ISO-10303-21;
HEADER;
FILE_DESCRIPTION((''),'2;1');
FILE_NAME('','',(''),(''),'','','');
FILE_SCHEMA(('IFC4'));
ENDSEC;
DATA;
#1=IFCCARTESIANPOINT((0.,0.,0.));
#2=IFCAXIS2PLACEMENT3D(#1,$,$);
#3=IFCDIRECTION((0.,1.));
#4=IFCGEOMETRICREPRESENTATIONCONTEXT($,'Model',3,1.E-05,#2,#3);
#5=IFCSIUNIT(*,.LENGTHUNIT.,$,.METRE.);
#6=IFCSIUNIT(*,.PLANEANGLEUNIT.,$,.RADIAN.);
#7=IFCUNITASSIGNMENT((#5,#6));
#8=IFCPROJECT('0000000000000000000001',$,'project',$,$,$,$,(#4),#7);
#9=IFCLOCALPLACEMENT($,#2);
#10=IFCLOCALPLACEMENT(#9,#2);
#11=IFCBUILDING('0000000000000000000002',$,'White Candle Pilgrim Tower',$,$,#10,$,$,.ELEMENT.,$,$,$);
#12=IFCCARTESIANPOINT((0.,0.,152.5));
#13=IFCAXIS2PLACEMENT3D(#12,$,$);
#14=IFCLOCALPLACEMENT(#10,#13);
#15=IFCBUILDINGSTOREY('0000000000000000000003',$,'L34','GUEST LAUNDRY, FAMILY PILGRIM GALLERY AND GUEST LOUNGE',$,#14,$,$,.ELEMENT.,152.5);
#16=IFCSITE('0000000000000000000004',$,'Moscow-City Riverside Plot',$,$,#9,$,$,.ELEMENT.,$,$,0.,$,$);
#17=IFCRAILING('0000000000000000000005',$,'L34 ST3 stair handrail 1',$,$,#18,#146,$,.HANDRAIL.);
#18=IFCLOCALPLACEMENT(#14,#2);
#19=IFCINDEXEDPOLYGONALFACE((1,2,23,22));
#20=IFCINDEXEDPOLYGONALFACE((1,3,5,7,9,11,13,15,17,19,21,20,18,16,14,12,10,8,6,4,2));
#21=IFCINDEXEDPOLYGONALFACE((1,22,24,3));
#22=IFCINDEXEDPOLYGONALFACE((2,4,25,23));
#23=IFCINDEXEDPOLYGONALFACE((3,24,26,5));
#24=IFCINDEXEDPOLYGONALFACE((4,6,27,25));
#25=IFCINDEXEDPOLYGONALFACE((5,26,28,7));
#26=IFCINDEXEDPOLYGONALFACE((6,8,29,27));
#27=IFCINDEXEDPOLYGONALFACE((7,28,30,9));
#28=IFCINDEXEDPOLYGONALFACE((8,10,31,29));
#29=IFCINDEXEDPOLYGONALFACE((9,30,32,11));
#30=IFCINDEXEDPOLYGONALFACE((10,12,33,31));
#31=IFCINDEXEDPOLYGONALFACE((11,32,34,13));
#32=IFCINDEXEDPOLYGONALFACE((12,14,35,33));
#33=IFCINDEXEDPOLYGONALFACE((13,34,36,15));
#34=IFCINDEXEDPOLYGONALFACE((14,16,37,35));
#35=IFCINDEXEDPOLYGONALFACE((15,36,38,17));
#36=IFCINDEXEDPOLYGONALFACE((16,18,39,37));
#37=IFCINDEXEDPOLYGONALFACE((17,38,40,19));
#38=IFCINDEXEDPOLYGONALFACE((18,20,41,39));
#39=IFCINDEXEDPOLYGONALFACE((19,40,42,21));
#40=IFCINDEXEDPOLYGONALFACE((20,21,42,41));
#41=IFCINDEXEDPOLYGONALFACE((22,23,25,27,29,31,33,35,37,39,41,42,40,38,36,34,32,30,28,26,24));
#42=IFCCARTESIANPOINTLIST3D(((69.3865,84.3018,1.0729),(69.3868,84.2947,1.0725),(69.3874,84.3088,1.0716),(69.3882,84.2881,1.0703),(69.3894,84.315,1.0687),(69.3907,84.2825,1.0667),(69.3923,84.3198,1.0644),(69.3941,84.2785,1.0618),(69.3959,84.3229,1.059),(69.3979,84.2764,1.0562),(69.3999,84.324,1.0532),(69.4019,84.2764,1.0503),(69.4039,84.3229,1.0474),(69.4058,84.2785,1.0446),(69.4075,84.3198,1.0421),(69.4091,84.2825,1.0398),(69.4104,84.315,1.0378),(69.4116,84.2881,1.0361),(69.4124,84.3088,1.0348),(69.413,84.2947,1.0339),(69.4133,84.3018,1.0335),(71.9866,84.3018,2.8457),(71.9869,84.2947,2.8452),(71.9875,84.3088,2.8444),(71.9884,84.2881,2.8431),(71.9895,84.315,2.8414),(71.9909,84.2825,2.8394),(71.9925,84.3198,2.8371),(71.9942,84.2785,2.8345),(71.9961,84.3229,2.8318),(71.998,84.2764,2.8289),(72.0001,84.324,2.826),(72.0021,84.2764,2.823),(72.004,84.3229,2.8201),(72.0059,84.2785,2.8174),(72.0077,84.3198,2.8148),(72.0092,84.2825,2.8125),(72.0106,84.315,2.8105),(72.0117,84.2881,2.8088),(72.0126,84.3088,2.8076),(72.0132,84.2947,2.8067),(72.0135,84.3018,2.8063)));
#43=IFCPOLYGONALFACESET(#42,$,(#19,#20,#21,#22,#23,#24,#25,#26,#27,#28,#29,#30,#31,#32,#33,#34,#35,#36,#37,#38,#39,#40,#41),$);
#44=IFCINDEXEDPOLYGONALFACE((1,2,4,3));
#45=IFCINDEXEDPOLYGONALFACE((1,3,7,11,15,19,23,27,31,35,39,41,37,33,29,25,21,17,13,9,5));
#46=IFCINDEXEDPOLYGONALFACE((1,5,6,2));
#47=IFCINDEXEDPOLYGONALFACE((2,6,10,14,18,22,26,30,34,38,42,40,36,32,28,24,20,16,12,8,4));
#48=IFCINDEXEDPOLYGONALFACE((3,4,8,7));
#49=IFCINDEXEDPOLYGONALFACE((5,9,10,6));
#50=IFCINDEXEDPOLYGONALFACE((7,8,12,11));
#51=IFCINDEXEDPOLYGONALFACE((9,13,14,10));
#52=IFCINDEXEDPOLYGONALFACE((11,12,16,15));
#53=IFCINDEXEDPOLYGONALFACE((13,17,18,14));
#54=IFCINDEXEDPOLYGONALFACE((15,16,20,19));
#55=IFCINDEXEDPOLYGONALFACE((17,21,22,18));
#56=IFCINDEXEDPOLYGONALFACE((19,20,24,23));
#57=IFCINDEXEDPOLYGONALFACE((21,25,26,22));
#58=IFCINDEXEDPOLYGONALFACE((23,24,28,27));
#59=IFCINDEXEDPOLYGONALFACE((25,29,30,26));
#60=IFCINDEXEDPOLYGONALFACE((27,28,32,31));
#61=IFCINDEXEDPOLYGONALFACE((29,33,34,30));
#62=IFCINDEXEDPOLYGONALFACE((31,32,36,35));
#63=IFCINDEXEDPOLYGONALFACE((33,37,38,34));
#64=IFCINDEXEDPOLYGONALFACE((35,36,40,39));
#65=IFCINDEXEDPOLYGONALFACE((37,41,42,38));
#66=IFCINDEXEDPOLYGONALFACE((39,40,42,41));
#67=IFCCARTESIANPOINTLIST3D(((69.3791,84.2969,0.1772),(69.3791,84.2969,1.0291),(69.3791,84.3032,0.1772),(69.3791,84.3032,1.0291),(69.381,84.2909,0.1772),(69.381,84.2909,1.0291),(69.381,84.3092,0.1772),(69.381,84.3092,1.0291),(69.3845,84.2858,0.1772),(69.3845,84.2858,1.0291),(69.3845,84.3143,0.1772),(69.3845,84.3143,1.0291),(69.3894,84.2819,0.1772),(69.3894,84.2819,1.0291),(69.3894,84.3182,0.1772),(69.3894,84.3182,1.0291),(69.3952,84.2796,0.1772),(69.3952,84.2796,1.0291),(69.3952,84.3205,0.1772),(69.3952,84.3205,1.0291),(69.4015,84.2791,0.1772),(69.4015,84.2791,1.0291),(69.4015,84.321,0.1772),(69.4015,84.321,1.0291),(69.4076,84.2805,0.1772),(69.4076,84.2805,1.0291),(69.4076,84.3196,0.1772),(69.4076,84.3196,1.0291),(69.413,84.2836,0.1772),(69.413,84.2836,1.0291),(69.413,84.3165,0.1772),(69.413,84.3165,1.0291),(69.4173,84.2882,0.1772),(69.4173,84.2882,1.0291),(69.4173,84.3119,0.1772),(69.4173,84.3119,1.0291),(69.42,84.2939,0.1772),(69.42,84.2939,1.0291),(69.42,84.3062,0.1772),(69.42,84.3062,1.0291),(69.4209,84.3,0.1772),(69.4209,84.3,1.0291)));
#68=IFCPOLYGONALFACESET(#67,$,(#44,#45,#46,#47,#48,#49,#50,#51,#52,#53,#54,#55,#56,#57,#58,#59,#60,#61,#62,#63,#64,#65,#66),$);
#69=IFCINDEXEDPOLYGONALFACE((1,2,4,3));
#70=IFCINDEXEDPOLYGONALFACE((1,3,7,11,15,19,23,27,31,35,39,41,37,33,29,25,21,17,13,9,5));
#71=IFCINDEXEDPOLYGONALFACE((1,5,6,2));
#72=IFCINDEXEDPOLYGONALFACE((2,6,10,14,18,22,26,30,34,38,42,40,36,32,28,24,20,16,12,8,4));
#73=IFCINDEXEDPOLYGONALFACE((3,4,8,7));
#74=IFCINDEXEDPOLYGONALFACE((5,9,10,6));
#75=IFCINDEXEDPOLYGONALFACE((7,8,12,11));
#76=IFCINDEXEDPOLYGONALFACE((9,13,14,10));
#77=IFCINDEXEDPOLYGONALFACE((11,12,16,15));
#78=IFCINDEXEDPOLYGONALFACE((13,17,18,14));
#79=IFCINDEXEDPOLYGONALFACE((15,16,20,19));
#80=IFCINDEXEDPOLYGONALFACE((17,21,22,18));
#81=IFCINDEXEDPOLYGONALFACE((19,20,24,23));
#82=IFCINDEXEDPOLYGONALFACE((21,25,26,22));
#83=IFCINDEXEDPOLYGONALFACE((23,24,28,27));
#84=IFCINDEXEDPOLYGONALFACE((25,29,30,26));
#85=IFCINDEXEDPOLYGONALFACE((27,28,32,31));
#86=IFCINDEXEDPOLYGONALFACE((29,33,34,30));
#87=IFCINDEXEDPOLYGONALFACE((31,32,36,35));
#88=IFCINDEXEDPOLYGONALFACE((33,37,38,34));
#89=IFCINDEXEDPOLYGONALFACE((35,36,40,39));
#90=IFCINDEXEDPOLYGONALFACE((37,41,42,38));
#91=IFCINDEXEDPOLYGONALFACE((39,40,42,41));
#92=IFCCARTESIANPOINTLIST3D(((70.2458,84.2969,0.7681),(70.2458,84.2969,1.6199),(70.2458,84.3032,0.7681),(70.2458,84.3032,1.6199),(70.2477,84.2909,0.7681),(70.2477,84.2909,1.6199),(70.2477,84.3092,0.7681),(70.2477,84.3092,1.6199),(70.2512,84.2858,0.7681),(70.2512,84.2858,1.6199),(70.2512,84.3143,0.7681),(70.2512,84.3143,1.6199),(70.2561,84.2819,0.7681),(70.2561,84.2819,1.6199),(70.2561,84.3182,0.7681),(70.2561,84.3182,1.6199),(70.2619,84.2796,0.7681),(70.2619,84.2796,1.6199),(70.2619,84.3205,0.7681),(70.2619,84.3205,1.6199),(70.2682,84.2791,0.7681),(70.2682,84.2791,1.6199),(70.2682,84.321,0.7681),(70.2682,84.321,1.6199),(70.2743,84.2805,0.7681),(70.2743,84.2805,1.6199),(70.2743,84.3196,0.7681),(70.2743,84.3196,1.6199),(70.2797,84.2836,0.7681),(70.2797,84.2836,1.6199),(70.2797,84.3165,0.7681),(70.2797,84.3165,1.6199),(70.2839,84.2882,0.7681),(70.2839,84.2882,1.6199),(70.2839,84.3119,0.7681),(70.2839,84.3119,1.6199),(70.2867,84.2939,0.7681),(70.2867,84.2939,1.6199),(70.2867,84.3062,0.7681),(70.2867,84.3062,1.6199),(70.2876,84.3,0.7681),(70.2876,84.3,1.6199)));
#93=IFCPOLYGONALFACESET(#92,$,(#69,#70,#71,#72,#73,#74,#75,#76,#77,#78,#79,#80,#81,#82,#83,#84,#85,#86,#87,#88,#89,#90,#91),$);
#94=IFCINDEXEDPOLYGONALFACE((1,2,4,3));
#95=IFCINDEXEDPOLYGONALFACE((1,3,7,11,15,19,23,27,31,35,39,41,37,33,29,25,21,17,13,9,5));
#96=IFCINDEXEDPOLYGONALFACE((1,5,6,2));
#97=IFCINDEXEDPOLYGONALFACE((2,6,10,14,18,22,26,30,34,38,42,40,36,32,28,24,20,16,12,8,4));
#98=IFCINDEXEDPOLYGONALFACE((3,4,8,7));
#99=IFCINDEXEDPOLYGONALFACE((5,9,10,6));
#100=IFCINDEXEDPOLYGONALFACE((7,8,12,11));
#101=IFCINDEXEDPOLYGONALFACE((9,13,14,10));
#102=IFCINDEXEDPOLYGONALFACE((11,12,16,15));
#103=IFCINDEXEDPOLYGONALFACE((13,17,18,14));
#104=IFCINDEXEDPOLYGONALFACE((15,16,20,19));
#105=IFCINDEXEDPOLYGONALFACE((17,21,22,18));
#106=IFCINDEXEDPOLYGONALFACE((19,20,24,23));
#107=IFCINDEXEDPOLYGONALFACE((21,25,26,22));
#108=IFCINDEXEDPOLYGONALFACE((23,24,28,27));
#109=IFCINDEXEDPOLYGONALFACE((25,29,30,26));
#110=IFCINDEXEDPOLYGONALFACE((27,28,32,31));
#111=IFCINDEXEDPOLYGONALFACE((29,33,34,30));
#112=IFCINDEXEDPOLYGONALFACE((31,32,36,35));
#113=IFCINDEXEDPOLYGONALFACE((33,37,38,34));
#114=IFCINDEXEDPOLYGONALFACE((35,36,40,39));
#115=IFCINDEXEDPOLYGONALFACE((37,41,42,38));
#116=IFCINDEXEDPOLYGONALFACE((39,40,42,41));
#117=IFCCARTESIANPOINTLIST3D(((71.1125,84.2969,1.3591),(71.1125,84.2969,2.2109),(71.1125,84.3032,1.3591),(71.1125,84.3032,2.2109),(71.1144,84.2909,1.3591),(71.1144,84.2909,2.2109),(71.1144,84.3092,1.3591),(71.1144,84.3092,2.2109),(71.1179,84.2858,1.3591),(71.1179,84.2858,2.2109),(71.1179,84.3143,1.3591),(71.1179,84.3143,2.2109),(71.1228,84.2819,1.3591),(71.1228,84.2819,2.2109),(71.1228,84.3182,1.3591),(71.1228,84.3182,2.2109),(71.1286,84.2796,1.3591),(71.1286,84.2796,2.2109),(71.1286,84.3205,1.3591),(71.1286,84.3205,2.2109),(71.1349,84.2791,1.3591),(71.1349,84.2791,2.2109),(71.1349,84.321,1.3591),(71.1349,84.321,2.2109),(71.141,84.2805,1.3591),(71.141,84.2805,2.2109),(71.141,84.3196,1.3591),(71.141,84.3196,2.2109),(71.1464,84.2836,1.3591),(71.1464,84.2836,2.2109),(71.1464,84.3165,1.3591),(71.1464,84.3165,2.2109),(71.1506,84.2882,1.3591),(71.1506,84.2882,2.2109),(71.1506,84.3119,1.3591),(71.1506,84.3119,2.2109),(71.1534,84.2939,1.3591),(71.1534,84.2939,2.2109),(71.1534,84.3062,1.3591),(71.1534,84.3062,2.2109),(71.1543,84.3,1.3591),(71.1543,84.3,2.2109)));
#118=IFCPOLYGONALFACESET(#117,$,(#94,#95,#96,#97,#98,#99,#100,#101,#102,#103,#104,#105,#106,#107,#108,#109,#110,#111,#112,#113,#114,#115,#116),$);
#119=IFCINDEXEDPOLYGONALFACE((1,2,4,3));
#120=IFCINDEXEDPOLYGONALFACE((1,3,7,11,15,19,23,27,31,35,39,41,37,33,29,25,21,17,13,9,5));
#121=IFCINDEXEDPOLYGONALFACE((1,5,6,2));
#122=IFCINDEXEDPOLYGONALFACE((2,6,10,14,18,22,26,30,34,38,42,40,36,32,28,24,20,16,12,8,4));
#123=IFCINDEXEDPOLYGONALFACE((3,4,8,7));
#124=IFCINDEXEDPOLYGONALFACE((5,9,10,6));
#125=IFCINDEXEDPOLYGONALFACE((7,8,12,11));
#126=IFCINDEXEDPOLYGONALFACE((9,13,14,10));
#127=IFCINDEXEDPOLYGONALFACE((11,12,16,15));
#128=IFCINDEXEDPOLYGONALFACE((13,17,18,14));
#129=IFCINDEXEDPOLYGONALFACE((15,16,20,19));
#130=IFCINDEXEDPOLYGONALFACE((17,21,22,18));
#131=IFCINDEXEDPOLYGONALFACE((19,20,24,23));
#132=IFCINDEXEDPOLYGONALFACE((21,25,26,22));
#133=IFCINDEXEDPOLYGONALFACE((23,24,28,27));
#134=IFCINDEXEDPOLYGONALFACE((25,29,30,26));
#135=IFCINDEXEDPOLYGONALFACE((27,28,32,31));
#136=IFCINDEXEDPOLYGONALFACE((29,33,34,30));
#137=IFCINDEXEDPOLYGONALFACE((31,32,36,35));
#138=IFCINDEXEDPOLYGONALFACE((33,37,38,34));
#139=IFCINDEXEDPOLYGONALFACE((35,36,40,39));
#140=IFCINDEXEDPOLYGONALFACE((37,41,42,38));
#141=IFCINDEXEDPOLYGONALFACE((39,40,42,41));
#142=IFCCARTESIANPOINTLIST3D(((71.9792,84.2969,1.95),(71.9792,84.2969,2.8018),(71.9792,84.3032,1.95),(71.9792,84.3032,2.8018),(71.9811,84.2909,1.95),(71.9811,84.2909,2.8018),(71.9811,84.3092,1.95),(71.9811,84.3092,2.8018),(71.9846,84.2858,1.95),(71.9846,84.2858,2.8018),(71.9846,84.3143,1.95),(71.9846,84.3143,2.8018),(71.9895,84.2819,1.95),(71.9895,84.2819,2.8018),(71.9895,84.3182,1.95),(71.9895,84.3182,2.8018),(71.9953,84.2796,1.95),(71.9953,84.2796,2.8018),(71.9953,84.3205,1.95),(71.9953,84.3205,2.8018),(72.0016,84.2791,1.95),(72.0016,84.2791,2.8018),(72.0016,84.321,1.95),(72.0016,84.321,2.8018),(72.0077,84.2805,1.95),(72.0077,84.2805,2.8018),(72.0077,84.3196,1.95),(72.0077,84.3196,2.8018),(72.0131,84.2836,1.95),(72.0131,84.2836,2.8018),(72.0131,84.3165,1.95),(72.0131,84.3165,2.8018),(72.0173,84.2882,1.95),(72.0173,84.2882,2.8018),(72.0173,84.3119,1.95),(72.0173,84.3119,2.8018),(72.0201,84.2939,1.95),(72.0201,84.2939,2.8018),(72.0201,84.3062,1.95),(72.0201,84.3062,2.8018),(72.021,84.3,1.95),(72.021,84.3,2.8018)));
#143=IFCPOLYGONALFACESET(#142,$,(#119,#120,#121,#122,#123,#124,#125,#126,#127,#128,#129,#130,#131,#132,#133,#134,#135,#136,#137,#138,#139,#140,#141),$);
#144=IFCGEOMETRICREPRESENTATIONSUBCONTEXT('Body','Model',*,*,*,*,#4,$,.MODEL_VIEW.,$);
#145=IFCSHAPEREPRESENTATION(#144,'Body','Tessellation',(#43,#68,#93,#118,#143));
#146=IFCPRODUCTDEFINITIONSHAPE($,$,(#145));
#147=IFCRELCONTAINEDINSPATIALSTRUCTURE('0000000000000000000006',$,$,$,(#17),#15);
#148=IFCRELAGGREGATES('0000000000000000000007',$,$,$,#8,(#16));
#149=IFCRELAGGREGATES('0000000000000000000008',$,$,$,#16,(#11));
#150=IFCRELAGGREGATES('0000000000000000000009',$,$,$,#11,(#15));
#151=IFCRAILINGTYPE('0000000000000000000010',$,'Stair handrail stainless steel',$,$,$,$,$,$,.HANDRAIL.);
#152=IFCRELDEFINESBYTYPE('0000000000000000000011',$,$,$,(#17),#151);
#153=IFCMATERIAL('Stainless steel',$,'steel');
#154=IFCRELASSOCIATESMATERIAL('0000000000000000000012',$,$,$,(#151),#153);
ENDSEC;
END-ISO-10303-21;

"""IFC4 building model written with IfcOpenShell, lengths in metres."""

from ifc_helpers import new_model, si_unit, direction, frame, origin, origin_2d, place, context, subcontext, project, spatial, circle, extrude, material, type_object, element, save


model = new_model("IFC4")

# Units and contexts
model_context = context("Model", 3, precision=1e-05, world=origin(), true_north=direction((0.0, 1.0)))
body_context = subcontext(model_context, "Body", "Model", "MODEL_VIEW")
ifc_project = project(units=[si_unit("LENGTHUNIT", "METRE"), si_unit("PLANEANGLEUNIT", "RADIAN")], contexts=[model_context])

# Site, building, storey
site_placement = place(None, origin())
site = spatial("IfcSite", under=ifc_project, at=site_placement, Name="Moscow-City Riverside Plot", CompositionType="ELEMENT", RefElevation=0.0)
building_placement = place(site_placement, origin())
building = spatial("IfcBuilding", under=site, at=building_placement, Name="White Candle Pilgrim Tower", CompositionType="ELEMENT")
storey_placement = place(building_placement, frame((0.0, 0.0, 152.5)))
storey = spatial("IfcBuildingStorey", under=building, at=storey_placement, Name="L34", Description="GUEST LAUNDRY, FAMILY PILGRIM GALLERY AND GUEST LOUNGE", CompositionType="ELEMENT", Elevation=152.5)

# Shared definitions
ifc_material_1 = material(Name="Stainless steel", Category="steel")

# Railing
railing_type_1 = type_object("IfcRailingType", Name="Stair handrail stainless steel", PredefinedType="HANDRAIL", material=ifc_material_1)
railing_1_placement = place(storey_placement, frame((69.3999, 84.3, 0.1772)))
element("IfcRailing", 1, at=railing_1_placement, inside=storey, type_object=railing_type_1, Name="L34 ST3 stair handrail 1", PredefinedType="HANDRAIL", context=body_context, shape_type="SweptSolid", body=[
    extrude(circle(Radius=0.0239, at=origin_2d()), frame((0.0, 0.0, 0.876), z_axis=(0.82624, 0.0, 0.563318), x_axis=(0.0, 1.0, 0.0)), (0.0, 0.0, 1.0), 3.147),
    extrude(circle(Radius=0.021, at=origin_2d()), origin(), (0.0, 0.0, 1.0), 0.8518),
    extrude(circle(Radius=0.021, at=origin_2d()), frame((0.8667, 0.0, 0.5908)), (0.0, 0.0, 1.0), 0.8518),
    extrude(circle(Radius=0.021, at=origin_2d()), frame((1.7334, 0.0, 1.1819)), (0.0, 0.0, 1.0), 0.8518),
    extrude(circle(Radius=0.021, at=origin_2d()), frame((2.6001, 0.0, 1.7727)), (0.0, 0.0, 1.0), 0.8518),
])

save(model, "model.ifc")
